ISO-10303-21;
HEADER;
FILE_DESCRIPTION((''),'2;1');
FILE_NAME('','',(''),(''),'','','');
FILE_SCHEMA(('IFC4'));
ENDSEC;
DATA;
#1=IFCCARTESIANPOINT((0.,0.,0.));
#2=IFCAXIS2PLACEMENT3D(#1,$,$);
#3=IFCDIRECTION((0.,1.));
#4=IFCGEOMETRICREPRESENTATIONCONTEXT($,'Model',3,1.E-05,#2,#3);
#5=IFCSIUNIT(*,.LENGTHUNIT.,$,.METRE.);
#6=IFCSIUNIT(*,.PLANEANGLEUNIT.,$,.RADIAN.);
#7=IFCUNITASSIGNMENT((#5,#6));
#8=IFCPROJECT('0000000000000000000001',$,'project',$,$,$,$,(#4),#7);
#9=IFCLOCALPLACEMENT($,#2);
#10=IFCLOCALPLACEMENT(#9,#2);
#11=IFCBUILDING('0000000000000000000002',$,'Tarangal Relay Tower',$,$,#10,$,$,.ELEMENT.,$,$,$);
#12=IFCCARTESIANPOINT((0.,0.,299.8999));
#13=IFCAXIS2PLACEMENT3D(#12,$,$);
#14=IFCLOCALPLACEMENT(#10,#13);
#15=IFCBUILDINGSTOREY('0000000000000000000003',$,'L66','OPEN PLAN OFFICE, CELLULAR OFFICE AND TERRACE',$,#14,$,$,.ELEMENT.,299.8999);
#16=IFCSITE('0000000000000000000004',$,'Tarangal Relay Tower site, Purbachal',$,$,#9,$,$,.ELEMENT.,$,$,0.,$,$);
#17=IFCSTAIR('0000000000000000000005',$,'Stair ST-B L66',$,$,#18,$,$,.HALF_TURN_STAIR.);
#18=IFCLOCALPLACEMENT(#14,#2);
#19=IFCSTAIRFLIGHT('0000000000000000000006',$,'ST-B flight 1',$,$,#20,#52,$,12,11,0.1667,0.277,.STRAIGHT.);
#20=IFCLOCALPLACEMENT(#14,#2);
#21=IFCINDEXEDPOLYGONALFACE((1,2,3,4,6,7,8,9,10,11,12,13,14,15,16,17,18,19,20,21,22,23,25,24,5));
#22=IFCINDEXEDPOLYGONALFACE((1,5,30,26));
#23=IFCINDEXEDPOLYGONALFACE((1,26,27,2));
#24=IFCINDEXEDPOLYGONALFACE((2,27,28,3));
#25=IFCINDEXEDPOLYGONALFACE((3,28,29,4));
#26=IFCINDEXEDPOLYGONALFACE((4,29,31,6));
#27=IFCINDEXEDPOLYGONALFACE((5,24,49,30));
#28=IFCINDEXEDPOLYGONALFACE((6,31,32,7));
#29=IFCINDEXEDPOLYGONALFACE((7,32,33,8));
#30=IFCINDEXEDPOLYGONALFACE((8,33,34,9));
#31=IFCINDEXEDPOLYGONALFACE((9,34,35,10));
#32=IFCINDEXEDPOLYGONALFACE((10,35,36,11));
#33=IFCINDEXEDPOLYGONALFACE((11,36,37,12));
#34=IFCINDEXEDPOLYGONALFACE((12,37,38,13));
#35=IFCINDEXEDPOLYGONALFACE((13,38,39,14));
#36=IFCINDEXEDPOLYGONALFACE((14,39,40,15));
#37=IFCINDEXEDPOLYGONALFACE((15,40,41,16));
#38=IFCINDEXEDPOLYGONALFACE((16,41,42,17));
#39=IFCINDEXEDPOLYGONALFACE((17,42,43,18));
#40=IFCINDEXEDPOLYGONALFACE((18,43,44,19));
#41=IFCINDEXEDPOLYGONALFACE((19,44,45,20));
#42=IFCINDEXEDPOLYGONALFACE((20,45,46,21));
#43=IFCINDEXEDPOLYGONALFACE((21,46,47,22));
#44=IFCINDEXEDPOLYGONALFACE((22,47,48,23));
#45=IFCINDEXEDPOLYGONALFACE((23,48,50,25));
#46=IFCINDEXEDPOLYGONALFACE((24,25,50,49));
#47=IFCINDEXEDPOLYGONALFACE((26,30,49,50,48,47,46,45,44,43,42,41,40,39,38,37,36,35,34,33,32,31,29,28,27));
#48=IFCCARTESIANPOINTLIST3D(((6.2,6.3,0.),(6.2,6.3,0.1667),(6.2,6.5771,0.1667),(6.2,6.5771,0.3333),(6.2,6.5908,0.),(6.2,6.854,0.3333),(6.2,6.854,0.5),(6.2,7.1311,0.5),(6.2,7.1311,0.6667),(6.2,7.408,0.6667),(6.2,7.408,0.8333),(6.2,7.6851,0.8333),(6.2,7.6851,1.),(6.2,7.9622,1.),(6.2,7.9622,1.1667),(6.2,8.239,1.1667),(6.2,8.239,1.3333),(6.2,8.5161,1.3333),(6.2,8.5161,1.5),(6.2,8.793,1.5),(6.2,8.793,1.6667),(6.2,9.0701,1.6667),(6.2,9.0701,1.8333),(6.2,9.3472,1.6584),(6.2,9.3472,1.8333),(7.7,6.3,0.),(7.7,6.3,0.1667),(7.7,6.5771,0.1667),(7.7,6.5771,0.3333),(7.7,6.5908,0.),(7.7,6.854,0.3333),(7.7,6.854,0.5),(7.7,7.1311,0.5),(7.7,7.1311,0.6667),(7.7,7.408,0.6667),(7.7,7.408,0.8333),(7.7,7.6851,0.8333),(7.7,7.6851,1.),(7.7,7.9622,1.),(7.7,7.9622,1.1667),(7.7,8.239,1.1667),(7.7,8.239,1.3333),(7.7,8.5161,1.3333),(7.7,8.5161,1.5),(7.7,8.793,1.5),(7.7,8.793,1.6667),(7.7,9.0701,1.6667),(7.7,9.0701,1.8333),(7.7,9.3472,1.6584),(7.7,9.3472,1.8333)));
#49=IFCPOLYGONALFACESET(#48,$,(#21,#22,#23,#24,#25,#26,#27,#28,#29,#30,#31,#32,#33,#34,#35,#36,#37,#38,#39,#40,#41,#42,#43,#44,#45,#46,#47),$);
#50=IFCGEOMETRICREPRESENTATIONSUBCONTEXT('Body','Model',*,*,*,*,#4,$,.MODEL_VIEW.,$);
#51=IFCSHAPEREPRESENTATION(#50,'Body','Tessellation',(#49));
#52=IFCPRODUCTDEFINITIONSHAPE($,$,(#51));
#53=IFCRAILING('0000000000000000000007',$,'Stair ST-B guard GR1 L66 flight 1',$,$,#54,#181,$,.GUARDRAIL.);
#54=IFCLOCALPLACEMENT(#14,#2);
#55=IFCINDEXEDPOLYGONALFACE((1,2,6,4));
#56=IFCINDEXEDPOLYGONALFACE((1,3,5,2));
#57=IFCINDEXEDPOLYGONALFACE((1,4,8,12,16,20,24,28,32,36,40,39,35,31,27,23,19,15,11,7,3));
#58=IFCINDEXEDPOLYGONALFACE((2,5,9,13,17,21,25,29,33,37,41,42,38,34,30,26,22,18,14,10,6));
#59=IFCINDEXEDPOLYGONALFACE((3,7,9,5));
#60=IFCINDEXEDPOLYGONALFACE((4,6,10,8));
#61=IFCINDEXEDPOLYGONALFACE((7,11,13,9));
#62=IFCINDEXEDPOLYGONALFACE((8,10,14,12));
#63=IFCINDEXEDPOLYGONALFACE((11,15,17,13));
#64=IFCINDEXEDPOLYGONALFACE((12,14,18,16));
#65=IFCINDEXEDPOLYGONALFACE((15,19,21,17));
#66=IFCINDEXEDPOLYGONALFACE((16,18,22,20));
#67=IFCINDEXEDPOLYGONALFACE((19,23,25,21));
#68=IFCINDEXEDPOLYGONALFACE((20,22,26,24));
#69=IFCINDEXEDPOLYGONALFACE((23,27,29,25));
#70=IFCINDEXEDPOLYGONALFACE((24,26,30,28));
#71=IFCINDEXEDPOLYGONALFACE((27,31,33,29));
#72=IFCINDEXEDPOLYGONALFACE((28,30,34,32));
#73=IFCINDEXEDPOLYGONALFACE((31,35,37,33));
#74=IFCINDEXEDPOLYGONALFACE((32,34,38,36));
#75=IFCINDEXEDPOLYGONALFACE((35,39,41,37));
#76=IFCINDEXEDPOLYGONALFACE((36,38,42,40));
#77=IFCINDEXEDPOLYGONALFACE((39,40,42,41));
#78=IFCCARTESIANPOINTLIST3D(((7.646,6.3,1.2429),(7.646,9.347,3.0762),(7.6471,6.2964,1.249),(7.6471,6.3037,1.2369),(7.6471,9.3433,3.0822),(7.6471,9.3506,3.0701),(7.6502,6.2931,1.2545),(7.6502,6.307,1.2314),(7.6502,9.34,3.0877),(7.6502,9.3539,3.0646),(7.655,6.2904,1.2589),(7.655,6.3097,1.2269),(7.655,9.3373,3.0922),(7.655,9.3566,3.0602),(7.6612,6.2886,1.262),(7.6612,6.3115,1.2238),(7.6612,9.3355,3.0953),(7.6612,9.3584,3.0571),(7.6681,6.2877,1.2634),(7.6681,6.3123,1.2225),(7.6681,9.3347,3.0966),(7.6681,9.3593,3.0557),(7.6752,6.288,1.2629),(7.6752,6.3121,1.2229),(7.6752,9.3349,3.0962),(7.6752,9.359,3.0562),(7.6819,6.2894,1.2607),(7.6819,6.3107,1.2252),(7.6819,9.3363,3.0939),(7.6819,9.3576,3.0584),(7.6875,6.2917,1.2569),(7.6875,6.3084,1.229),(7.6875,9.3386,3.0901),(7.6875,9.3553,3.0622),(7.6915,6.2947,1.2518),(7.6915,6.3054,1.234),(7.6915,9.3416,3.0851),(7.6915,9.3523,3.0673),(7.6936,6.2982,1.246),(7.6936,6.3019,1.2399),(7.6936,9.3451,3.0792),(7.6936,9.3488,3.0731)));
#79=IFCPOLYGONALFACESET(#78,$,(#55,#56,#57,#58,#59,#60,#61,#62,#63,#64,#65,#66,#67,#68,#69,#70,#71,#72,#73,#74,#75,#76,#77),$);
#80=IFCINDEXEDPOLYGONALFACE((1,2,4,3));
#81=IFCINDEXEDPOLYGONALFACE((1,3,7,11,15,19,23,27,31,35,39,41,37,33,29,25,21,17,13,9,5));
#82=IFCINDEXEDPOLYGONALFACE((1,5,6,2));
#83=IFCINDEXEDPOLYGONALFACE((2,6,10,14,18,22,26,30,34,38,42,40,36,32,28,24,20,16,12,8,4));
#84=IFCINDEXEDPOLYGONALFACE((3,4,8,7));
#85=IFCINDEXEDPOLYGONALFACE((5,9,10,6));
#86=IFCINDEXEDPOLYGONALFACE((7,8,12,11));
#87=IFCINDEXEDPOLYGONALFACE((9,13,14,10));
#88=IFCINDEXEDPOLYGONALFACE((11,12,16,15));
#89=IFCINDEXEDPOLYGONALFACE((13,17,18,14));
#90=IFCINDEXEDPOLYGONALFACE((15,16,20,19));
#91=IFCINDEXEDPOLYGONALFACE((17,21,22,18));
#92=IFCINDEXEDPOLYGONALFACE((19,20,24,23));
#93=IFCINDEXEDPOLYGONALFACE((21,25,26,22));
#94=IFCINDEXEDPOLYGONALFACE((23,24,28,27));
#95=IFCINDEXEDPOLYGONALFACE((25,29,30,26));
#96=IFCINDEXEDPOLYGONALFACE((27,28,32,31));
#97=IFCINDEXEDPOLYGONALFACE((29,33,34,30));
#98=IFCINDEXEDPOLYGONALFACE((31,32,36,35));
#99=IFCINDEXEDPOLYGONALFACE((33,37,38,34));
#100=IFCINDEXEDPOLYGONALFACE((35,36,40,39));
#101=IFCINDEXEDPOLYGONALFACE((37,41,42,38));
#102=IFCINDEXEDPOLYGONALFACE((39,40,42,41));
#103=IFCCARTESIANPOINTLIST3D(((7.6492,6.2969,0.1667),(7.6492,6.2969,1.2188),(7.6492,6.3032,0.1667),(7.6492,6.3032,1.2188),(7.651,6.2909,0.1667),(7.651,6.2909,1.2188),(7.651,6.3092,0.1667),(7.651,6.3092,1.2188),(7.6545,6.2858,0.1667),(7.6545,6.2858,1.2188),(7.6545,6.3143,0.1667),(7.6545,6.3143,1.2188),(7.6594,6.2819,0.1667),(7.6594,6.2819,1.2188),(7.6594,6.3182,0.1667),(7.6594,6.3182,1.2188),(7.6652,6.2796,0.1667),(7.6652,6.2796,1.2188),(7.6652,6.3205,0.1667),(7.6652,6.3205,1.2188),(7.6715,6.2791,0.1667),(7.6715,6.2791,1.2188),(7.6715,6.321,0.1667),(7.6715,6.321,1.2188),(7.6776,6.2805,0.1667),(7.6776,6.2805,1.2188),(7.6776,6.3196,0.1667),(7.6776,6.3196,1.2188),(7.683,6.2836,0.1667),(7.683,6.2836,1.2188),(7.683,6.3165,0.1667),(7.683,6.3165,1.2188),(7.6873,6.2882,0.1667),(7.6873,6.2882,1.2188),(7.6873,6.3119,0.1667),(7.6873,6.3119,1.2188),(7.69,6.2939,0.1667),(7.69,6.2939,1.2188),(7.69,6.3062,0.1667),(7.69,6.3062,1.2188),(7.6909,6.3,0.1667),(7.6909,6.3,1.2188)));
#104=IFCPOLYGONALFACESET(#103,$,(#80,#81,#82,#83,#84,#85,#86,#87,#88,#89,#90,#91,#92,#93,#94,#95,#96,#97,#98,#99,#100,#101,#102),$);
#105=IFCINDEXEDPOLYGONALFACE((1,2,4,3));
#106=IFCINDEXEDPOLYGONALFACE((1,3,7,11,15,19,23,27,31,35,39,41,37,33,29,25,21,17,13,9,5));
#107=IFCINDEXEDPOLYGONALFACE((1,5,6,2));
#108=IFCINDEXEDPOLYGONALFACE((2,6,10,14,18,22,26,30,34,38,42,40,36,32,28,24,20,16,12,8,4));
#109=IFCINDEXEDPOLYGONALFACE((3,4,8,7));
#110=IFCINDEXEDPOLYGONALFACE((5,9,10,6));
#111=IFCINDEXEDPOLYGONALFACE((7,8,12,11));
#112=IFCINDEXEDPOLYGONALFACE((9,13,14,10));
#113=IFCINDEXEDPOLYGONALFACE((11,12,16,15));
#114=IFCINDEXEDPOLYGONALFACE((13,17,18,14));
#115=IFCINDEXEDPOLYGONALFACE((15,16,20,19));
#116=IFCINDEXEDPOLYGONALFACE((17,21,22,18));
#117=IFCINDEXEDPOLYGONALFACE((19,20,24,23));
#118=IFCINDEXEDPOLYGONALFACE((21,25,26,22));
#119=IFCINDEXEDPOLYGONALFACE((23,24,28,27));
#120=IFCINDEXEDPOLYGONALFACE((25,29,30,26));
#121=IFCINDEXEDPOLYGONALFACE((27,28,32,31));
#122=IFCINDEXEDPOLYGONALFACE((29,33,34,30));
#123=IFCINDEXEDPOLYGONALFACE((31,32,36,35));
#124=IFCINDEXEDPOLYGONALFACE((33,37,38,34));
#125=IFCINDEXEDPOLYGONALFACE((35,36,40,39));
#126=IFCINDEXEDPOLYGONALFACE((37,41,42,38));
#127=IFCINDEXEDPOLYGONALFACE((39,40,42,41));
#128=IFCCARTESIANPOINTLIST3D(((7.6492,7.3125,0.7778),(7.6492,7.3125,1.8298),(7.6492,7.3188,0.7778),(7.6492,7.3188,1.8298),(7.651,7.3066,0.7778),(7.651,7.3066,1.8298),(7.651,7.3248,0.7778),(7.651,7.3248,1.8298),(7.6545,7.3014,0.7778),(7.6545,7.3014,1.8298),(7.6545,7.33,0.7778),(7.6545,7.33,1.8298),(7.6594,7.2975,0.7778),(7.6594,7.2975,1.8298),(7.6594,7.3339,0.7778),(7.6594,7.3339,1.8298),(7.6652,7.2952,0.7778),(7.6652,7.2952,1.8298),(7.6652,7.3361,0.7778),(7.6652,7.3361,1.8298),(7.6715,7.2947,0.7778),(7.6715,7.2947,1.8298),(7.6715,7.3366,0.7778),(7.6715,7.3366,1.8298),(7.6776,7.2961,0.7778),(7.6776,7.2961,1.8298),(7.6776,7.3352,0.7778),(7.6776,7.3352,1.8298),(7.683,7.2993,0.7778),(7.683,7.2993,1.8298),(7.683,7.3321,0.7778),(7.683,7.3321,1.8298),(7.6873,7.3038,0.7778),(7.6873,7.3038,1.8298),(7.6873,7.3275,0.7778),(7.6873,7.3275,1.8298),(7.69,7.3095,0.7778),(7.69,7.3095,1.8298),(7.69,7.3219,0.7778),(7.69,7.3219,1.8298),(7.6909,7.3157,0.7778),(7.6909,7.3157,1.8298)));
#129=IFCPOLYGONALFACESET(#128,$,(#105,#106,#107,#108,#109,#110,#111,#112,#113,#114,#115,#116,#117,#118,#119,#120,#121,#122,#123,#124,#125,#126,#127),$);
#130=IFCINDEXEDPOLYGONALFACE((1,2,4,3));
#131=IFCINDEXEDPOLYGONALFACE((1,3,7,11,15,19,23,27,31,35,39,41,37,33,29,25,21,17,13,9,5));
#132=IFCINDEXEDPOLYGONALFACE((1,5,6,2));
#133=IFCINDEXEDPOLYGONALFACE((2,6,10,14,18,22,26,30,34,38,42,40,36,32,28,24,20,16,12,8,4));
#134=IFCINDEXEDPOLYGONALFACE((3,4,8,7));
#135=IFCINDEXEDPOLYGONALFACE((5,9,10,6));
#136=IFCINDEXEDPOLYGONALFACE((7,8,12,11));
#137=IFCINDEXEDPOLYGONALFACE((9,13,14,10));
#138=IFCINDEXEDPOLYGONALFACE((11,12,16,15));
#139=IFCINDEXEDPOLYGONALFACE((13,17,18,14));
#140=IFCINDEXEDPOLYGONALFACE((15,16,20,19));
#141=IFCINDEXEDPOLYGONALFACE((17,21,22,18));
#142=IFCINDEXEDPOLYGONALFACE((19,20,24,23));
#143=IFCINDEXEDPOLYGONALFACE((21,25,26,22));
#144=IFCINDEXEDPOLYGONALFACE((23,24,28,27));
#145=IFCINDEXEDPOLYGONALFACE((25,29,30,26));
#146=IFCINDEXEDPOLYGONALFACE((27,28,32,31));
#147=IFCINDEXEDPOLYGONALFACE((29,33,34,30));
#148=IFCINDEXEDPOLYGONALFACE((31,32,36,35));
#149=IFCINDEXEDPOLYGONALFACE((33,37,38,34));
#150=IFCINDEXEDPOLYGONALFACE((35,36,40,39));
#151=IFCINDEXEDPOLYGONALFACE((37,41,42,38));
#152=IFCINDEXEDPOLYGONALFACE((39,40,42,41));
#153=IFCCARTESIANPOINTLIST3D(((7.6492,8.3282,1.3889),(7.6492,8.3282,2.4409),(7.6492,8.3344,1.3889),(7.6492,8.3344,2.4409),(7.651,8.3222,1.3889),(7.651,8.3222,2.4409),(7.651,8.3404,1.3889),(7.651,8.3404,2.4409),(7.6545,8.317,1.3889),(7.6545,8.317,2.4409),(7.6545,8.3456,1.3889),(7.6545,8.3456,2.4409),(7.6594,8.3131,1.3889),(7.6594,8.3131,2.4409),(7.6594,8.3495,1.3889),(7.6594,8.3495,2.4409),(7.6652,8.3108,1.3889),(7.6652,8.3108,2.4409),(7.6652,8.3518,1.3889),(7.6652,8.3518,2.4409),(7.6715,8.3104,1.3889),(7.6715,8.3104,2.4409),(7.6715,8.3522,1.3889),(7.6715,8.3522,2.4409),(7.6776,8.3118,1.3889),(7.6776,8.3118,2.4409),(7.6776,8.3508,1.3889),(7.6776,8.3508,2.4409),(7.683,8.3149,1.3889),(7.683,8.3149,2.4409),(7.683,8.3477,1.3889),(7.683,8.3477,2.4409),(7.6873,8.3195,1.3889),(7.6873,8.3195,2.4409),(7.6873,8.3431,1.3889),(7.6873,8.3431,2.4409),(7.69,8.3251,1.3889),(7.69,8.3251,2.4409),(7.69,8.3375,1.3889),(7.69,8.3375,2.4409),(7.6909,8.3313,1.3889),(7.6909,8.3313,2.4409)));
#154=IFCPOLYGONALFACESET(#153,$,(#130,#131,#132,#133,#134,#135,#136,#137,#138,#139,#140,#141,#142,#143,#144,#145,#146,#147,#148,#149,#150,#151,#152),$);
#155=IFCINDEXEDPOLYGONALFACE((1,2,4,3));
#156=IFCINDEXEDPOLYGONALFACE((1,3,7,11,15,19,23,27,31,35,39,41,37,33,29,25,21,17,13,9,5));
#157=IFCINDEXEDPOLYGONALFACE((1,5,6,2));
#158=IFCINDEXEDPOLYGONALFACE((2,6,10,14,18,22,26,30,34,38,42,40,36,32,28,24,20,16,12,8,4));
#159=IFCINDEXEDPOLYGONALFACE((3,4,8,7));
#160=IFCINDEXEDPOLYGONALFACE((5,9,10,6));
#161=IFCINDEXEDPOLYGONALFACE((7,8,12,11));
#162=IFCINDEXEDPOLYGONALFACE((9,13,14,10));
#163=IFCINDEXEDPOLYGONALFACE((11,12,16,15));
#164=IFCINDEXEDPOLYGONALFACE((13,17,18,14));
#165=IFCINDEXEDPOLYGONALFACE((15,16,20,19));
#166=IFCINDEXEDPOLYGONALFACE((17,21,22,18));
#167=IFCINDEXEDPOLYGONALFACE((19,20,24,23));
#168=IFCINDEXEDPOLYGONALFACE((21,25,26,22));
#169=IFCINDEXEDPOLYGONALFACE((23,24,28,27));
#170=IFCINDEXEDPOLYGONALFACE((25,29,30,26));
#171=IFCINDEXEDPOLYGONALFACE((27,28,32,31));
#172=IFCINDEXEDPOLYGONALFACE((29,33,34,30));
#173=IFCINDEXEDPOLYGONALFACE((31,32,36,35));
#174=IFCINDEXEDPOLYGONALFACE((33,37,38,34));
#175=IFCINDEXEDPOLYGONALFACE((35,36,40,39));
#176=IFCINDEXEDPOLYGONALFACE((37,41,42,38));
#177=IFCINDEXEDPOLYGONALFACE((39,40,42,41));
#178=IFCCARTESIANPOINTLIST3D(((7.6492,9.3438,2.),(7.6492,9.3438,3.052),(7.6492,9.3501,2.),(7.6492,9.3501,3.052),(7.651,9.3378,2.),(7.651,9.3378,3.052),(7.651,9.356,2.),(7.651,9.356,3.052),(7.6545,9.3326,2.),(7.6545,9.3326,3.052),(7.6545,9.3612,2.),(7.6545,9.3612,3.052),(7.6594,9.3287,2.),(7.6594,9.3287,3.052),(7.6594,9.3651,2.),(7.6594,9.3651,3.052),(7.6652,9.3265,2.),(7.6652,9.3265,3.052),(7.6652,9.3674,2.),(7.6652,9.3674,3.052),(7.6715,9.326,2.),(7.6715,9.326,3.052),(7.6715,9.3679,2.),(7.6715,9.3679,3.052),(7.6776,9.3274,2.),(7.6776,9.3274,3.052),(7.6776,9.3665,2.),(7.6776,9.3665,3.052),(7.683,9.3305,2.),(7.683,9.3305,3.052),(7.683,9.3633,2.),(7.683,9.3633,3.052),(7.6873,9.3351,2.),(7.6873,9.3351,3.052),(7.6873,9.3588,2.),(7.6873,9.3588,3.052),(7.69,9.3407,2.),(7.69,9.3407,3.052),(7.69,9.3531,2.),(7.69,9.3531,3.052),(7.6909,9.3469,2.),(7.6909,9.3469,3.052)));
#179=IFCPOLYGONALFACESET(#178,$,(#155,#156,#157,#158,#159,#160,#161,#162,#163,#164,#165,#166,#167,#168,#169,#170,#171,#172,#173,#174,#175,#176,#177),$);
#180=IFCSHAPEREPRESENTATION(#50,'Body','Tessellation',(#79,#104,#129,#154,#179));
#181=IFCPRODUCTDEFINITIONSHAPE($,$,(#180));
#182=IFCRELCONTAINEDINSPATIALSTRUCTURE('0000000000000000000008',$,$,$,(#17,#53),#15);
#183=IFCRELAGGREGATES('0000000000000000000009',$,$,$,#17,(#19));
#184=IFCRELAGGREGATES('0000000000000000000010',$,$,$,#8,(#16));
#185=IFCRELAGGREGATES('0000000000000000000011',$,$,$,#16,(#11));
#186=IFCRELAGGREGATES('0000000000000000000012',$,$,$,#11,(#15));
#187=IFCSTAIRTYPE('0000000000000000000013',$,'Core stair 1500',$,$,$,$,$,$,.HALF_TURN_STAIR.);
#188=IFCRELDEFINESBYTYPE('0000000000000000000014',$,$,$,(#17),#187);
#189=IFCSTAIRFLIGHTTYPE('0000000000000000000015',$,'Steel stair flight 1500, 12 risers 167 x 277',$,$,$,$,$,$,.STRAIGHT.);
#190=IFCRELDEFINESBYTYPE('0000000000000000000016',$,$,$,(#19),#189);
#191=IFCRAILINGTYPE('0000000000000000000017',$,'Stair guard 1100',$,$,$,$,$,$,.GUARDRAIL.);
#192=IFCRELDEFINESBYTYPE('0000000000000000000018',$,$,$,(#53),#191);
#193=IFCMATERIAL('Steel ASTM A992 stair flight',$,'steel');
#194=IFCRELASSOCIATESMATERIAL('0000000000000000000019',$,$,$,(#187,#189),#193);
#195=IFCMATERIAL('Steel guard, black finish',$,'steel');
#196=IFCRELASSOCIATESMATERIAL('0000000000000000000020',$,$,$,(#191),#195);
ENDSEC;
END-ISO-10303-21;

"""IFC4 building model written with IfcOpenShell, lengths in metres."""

from ifc_helpers import new_model, si_unit, direction, frame, origin, origin_2d, place, context, subcontext, project, spatial, polyline, circle, outline, extrude, material, type_object, element, aggregate, save


model = new_model("IFC4")

# Units and contexts
model_context = context("Model", 3, precision=1e-05, world=origin(), true_north=direction((0.0, 1.0)))
body_context = subcontext(model_context, "Body", "Model", "MODEL_VIEW")
ifc_project = project(units=[si_unit("LENGTHUNIT", "METRE"), si_unit("PLANEANGLEUNIT", "RADIAN")], contexts=[model_context])

# Site, building, storey
site_placement = place(None, origin())
site = spatial("IfcSite", under=ifc_project, at=site_placement, Name="Tarangal Relay Tower site, Purbachal", CompositionType="ELEMENT", RefElevation=0.0)
building_placement = place(site_placement, origin())
building = spatial("IfcBuilding", under=site, at=building_placement, Name="Tarangal Relay Tower", CompositionType="ELEMENT")
storey_placement = place(building_placement, frame((0.0, 0.0, 299.8999)))
storey = spatial("IfcBuildingStorey", under=building, at=storey_placement, Name="L66", Description="OPEN PLAN OFFICE, CELLULAR OFFICE AND TERRACE", CompositionType="ELEMENT", Elevation=299.8999)

# Stair
ifc_material_1 = material(Name="Steel ASTM A992 stair flight", Category="steel")
stair_type = type_object("IfcStairType", Name="Core stair 1500", PredefinedType="HALF_TURN_STAIR", material=ifc_material_1)
stair_1_placement = place(storey_placement, origin())
stair_1 = element("IfcStair", 1, at=stair_1_placement, inside=storey, type_object=stair_type, Name="Stair ST-B L66", PredefinedType="HALF_TURN_STAIR")

# Stair flight
stair_flight_type = type_object("IfcStairFlightType", Name="Steel stair flight 1500, 12 risers 167 x 277", PredefinedType="STRAIGHT", material=ifc_material_1)
stair_flight_placement = place(storey_placement, frame((6.95, 6.3, 0.0), z_axis=(0.0, 0.0, 1.0), x_axis=(0.0, 1.0, 0.0)))
stair_flight = element("IfcStairFlight", 2, at=stair_flight_placement, type_object=stair_flight_type, Name="ST-B flight 1", NumberOfRisers=12, NumberOfTreads=11, PredefinedType="STRAIGHT", RiserHeight=0.1667, TreadLength=0.277, context=body_context, shape_type="SweptSolid", body=[
    extrude(outline(polyline([(0.0, 0.0), (0.0, 0.1667), (0.2771, 0.1667), (0.2771, 0.3333), (0.554, 0.3333), (0.554, 0.5), (0.8311, 0.5), (0.8311, 0.6667), (1.1079, 0.6667), (1.1079, 0.8333), (1.385, 0.8333), (1.385, 1.0), (1.6621, 1.0), (1.6621, 1.1667), (1.939, 1.1667), (1.939, 1.3333), (2.2161, 1.3333), (2.2161, 1.5), (2.4929, 1.5), (2.4929, 1.6667), (2.77, 1.6667), (2.77, 1.8333), (3.0471, 1.8333), (3.0471, 2.0), (3.0471, 1.6584), (0.2908, 0.0), (0.0, 0.0)])), frame((0.0, 0.75, 0.0), z_axis=(0.0, -1.0, 0.0), x_axis=(1.0, 0.0, 0.0)), (0.0, 0.0, 1.0), 1.5),
])
aggregate(stair_1, [stair_flight])

# Railing
ifc_material_2 = material(Name="Steel guard, black finish", Category="steel")
railing_type_1 = type_object("IfcRailingType", Name="Stair guard 1100", PredefinedType="GUARDRAIL", material=ifc_material_2)
railing_1_placement = place(storey_placement, frame((7.6699, 6.3, 0.1667)))
element("IfcRailing", 3, at=railing_1_placement, inside=storey, type_object=railing_type_1, Name="Stair ST-B guard GR1 L66 flight 1", PredefinedType="GUARDRAIL", context=body_context, shape_type="SweptSolid", body=[
    extrude(circle(Radius=0.0239, at=origin_2d()), frame((0.0, 0.0, 1.0762), z_axis=(0.0, 0.856856, 0.515556), x_axis=(-1.0, 0.0, 0.0)), (0.0, 0.0, 1.0), 3.5559),
    extrude(circle(Radius=0.021, at=origin_2d()), origin(), (0.0, 0.0, 1.0), 1.052),
    extrude(circle(Radius=0.021, at=origin_2d()), frame((0.0, 1.0156, 0.6111)), (0.0, 0.0, 1.0), 1.052),
    extrude(circle(Radius=0.021, at=origin_2d()), frame((0.0, 2.0312, 1.2222)), (0.0, 0.0, 1.0), 1.052),
    extrude(circle(Radius=0.021, at=origin_2d()), frame((0.0, 3.0469, 1.8333)), (0.0, 0.0, 1.0), 1.052),
])

save(model, "model.ifc")
